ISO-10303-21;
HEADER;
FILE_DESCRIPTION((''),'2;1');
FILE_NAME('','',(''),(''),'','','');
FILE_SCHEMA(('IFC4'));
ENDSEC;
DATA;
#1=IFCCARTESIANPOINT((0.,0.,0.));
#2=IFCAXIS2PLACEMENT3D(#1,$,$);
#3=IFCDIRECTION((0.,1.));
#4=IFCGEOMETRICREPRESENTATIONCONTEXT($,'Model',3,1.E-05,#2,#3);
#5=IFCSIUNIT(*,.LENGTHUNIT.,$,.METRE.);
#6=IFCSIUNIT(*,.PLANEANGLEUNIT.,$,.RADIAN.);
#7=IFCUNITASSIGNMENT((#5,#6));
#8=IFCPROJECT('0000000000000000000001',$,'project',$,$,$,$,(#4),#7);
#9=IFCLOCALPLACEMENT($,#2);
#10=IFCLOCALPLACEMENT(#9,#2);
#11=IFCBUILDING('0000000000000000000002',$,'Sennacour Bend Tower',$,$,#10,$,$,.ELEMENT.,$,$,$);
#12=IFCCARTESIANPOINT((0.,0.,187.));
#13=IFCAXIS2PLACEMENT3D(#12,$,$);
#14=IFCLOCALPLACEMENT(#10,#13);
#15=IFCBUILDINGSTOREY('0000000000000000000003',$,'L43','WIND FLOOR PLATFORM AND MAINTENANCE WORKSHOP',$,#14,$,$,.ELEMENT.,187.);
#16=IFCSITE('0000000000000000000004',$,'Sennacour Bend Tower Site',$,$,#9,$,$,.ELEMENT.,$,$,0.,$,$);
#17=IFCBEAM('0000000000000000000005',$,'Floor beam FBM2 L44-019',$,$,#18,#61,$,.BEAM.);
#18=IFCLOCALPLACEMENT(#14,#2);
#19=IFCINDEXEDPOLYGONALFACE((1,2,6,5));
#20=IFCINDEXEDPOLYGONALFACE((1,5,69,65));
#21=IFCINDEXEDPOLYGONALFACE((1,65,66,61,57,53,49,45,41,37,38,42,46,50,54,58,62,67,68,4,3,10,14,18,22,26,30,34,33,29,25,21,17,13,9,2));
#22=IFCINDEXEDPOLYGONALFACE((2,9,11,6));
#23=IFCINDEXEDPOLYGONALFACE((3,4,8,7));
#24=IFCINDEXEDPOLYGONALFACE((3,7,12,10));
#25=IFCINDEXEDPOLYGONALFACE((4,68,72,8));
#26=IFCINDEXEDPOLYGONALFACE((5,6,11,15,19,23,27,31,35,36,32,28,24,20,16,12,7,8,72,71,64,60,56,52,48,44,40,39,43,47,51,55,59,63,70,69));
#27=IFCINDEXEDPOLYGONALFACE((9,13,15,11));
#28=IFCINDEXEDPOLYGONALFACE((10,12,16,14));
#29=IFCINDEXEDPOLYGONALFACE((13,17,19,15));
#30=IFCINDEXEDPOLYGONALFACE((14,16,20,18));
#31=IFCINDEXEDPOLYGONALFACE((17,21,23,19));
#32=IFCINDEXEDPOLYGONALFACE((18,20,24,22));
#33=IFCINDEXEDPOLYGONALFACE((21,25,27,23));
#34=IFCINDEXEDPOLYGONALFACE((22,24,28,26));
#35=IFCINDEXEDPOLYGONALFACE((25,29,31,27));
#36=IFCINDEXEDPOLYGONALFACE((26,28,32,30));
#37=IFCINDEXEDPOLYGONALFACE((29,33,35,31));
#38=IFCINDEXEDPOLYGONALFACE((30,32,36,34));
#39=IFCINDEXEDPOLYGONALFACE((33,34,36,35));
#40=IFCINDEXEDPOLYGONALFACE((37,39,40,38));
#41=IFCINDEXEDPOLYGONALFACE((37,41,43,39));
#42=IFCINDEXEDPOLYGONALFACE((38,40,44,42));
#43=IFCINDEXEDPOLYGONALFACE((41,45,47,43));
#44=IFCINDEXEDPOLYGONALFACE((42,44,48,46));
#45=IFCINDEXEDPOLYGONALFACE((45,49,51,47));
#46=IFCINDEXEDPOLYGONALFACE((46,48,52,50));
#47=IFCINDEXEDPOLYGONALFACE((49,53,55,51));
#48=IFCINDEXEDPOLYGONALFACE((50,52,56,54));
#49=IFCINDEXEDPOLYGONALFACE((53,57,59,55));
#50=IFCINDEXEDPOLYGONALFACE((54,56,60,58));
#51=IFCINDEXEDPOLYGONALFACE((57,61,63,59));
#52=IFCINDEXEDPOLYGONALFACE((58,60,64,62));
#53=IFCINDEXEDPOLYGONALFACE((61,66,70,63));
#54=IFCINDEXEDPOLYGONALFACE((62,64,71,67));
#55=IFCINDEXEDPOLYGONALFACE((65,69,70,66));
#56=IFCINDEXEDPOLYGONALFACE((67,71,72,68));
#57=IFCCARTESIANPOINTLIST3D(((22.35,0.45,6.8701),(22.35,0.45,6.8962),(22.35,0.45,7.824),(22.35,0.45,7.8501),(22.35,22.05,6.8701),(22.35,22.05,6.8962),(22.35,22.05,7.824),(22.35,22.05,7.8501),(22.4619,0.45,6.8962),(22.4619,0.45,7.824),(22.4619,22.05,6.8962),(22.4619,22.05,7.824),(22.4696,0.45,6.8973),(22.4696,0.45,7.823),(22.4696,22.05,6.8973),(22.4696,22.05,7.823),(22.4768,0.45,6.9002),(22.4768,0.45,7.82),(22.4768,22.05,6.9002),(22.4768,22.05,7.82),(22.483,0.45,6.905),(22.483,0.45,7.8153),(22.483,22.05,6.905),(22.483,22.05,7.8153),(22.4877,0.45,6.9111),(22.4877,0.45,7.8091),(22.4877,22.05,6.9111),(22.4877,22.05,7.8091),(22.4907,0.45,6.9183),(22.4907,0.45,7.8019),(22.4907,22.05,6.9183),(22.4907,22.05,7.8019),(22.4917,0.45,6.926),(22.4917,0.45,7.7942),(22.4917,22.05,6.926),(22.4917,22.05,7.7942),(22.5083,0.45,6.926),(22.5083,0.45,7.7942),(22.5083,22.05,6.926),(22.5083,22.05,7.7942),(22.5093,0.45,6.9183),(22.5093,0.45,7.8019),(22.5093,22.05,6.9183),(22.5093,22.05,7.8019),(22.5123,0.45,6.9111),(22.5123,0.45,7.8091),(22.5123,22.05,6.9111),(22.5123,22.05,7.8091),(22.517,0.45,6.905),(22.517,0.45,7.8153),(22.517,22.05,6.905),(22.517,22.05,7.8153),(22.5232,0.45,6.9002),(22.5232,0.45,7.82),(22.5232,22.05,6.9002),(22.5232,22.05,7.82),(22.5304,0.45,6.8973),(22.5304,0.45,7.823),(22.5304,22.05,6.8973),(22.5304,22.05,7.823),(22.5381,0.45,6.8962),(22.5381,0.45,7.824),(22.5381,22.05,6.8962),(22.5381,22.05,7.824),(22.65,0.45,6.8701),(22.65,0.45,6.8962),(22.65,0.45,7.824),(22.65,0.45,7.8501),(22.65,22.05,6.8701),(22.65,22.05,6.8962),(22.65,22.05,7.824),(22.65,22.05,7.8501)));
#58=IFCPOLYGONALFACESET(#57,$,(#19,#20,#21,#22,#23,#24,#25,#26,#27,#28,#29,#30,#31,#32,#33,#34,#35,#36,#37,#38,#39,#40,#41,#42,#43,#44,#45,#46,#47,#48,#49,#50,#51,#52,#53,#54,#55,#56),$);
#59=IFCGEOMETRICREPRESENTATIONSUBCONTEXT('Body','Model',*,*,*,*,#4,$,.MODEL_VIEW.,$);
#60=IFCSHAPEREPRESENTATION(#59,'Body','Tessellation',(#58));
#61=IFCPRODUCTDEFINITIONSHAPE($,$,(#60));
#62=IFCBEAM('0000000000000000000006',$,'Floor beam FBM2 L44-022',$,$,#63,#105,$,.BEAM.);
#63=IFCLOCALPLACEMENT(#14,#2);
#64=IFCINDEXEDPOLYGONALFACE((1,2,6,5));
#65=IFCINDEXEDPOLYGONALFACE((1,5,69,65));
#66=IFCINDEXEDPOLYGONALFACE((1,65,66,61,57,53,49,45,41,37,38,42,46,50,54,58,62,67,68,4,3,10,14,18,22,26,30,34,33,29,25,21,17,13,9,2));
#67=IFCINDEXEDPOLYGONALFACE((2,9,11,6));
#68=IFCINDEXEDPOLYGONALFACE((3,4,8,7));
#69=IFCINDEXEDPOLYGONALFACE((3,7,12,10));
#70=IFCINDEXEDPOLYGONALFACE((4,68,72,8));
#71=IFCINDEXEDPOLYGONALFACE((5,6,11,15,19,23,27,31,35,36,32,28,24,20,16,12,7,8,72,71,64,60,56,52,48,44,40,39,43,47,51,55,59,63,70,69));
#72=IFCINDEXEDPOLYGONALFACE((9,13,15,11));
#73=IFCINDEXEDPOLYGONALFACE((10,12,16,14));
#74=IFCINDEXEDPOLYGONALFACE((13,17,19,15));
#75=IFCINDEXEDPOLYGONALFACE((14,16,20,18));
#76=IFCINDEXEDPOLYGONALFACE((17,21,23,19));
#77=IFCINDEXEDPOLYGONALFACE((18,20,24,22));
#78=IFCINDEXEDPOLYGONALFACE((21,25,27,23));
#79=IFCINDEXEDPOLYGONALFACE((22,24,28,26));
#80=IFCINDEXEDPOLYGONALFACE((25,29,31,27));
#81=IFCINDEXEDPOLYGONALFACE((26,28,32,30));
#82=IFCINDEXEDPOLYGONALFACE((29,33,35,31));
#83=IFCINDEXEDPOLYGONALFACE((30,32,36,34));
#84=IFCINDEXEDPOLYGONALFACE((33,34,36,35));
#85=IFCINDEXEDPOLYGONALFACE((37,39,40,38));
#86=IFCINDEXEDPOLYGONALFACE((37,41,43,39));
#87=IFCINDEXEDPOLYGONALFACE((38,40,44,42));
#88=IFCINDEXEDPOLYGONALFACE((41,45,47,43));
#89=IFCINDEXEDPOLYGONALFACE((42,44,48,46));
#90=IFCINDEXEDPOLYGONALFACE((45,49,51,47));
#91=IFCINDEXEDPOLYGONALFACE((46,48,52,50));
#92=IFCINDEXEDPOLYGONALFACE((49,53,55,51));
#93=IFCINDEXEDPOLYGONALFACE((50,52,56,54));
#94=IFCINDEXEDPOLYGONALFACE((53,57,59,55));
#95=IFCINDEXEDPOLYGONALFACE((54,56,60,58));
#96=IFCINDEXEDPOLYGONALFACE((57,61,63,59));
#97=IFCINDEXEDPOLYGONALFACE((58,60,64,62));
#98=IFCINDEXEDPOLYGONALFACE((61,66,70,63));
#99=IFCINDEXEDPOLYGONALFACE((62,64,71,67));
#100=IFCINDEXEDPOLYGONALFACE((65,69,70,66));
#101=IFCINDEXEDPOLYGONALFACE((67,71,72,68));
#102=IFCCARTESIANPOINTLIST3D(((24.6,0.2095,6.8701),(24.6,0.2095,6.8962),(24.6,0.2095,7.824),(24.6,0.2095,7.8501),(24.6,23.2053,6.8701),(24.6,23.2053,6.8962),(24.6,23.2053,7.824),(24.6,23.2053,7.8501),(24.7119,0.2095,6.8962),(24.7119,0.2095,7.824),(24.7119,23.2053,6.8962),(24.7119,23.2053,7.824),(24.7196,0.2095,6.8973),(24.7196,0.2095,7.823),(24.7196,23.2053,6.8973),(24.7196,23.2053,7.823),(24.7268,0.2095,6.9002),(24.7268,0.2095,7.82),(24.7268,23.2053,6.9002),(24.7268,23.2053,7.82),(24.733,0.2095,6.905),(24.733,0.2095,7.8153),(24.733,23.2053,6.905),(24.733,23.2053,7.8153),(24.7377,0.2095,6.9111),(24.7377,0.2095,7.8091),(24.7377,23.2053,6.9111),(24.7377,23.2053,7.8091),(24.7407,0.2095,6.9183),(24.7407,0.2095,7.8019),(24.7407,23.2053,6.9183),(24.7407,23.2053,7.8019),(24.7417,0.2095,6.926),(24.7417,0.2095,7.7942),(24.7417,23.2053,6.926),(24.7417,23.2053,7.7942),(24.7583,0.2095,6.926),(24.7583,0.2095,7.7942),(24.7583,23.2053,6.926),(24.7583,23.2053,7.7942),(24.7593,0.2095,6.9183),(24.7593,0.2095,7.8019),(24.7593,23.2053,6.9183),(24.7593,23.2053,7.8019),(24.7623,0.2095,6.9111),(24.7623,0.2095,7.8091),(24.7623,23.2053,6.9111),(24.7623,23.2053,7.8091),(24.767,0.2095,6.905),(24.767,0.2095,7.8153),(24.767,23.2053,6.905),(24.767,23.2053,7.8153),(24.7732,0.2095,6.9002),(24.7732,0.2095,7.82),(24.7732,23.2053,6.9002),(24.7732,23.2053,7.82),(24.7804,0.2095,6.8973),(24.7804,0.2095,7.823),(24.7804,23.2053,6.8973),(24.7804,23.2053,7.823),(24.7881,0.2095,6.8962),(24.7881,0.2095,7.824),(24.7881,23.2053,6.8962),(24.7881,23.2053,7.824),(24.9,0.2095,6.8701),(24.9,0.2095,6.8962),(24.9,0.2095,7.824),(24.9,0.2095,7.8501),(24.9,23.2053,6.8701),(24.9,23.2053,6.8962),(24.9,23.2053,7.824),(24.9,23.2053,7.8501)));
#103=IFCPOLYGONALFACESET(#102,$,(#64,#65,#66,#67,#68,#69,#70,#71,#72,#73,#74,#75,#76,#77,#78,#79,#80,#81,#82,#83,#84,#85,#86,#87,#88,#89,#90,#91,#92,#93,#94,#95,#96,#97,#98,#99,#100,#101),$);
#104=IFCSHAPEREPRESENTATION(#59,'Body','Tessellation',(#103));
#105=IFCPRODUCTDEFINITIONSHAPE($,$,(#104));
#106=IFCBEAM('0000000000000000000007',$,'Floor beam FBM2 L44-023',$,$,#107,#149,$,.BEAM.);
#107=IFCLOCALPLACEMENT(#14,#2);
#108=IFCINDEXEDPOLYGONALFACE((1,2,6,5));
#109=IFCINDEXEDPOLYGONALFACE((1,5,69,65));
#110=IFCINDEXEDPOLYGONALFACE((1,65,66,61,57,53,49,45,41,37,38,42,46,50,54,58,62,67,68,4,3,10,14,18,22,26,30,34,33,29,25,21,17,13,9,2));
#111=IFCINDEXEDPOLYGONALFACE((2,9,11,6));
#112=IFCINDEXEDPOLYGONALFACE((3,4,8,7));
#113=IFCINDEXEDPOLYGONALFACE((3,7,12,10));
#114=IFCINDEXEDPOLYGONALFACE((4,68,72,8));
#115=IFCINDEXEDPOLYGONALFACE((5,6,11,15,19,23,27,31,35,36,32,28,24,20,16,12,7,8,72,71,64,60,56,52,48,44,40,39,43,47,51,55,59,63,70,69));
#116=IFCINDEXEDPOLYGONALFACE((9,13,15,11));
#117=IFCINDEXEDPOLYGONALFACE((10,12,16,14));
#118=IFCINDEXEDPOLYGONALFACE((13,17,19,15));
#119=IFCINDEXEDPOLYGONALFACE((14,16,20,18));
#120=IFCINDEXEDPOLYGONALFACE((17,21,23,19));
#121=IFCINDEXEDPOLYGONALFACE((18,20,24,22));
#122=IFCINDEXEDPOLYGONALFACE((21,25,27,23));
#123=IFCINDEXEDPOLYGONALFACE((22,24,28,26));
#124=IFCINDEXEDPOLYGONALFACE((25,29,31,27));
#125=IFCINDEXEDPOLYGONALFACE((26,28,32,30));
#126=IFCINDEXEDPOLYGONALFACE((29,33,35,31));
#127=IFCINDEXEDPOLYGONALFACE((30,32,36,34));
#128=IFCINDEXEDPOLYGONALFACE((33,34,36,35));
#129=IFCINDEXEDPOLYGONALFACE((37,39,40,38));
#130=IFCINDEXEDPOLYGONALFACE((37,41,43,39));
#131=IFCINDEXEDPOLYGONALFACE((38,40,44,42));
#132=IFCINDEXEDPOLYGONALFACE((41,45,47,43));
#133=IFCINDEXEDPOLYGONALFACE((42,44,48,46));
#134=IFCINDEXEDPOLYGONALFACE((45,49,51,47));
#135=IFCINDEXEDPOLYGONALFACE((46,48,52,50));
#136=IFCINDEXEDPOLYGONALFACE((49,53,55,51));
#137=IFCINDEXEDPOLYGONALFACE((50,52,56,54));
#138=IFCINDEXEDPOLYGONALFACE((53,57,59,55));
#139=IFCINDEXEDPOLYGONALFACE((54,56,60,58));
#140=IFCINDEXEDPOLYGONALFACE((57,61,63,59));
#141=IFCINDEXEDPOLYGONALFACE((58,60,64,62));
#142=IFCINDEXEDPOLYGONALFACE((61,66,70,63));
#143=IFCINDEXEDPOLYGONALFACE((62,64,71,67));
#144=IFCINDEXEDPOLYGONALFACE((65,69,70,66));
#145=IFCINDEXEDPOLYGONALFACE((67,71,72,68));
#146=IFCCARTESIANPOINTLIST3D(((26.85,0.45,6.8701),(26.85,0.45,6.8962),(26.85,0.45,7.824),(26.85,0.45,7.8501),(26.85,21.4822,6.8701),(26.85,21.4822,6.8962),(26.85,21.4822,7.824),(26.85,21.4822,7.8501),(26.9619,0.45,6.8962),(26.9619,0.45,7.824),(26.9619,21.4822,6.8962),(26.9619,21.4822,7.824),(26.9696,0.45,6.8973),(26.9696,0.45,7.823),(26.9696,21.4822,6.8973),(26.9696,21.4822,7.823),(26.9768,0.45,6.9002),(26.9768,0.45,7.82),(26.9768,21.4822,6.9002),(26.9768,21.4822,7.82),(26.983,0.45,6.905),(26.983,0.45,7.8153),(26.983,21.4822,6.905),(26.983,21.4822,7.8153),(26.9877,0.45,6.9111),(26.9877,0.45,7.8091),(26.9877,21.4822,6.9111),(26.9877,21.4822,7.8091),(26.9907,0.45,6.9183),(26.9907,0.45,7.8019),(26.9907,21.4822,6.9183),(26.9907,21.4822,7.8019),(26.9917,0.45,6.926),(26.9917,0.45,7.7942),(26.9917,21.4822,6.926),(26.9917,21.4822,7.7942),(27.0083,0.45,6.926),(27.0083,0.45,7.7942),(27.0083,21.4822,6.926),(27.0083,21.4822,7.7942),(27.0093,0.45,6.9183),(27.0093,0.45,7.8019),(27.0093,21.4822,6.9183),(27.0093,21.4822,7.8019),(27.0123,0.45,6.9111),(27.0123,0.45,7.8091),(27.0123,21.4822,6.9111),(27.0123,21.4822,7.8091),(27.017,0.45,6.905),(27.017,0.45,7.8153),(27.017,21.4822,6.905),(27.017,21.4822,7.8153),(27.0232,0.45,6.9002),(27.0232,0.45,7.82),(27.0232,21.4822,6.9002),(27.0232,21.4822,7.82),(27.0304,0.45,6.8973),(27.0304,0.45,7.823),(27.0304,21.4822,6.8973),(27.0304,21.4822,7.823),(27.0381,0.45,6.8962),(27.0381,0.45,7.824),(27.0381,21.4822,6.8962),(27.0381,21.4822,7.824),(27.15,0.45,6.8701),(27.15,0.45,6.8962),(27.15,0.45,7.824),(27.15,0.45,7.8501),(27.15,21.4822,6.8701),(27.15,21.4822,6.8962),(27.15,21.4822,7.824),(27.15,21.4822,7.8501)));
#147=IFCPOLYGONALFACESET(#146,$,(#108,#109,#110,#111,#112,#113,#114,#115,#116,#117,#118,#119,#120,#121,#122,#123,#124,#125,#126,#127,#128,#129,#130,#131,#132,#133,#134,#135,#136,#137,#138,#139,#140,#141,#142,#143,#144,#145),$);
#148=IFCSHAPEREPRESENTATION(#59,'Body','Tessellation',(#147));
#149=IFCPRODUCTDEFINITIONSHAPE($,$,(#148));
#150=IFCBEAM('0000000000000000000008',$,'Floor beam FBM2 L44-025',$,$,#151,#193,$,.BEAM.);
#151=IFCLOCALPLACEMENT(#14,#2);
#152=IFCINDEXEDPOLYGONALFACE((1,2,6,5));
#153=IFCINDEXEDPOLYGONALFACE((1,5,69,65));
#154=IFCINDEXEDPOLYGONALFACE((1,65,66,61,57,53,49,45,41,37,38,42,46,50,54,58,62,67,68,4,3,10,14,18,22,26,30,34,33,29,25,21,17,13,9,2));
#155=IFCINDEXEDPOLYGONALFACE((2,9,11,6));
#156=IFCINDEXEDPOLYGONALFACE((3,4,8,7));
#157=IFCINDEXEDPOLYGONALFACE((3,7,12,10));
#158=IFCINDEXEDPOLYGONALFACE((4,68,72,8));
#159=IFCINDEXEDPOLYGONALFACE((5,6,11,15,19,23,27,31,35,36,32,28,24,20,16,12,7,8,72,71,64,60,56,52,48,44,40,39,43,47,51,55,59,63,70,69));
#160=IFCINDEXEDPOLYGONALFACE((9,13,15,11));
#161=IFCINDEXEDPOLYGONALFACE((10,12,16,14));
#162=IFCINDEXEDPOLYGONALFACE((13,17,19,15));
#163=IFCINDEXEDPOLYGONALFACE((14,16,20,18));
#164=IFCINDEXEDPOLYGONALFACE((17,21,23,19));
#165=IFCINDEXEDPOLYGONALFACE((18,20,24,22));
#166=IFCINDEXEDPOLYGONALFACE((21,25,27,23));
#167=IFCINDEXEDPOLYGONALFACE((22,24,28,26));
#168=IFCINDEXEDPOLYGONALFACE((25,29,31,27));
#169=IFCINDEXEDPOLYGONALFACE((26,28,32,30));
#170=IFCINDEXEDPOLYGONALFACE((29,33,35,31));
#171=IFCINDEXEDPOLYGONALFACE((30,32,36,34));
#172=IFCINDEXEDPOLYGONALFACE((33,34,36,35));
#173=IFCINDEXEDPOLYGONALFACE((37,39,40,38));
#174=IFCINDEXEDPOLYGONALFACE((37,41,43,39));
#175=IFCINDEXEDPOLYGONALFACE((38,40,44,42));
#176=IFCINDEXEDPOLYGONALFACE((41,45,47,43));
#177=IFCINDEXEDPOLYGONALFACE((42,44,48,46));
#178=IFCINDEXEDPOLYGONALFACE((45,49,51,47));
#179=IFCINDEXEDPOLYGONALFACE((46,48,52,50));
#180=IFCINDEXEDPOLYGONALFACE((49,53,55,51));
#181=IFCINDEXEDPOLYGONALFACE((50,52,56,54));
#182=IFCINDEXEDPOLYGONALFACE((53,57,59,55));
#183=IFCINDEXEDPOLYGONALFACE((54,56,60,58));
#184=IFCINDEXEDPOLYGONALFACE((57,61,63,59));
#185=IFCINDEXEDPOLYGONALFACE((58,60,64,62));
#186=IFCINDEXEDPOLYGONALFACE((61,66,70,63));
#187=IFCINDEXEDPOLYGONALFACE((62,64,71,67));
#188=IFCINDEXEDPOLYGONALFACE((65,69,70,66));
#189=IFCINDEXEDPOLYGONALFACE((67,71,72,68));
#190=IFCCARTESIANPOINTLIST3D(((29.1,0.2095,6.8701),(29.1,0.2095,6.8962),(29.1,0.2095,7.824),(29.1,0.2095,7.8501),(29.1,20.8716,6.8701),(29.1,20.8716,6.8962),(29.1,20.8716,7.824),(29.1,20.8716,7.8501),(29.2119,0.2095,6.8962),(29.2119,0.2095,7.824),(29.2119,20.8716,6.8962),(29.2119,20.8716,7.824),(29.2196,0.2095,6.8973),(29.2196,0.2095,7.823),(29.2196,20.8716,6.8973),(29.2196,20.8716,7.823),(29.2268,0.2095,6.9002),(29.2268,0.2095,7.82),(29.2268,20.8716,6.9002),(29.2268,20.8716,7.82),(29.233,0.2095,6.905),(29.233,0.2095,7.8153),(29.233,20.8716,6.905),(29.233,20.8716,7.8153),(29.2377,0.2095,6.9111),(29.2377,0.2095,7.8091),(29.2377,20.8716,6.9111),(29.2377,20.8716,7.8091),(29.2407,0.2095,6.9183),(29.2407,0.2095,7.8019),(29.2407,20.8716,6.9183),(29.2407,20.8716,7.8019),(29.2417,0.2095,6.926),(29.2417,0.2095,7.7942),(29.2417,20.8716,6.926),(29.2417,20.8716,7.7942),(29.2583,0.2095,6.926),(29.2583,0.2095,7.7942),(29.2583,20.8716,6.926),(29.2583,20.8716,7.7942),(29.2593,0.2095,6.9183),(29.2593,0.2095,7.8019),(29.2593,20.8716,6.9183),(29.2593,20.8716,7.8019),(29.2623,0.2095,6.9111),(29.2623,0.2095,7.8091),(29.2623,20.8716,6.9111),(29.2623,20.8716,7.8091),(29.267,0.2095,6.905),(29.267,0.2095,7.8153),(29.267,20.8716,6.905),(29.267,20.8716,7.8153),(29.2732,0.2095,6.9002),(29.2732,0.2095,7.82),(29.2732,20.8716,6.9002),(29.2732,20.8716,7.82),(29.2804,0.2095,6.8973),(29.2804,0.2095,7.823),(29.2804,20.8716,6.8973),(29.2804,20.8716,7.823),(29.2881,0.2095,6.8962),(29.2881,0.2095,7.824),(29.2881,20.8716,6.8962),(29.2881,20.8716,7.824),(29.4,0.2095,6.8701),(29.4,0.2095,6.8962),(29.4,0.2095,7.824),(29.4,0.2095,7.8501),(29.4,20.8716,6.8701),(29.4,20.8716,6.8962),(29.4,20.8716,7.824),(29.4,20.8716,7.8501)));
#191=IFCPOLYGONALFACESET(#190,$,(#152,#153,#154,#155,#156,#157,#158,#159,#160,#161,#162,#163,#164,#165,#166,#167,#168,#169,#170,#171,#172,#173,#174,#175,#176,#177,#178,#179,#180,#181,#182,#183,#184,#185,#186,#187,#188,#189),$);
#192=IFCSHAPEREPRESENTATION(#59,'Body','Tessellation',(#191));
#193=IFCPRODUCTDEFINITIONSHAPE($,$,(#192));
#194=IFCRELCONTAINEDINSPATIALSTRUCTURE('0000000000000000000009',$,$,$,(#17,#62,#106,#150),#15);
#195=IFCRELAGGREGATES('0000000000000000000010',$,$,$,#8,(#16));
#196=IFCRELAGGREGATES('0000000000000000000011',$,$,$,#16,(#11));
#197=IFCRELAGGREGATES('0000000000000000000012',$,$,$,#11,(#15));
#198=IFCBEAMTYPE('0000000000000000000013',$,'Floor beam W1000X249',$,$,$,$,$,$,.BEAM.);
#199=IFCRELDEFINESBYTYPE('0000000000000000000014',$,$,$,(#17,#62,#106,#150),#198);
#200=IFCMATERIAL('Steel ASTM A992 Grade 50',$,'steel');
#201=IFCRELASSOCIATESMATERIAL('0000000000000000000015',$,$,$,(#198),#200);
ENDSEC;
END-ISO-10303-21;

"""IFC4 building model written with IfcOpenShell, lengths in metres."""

from ifc_helpers import new_model, si_unit, direction, frame, origin, origin_2d, place, context, subcontext, project, spatial, i_section, extrude, material, material_profile, profile_set, type_object, element, save


model = new_model("IFC4")

# Units and contexts
model_context = context("Model", 3, precision=1e-05, world=origin(), true_north=direction((0.0, 1.0)))
body_context = subcontext(model_context, "Body", "Model", "MODEL_VIEW")
ifc_project = project(units=[si_unit("LENGTHUNIT", "METRE"), si_unit("PLANEANGLEUNIT", "RADIAN")], contexts=[model_context])

# Site, building, storey
site_placement = place(None, origin())
site = spatial("IfcSite", under=ifc_project, at=site_placement, Name="Sennacour Bend Tower Site", CompositionType="ELEMENT", RefElevation=0.0)
building_placement = place(site_placement, origin())
building = spatial("IfcBuilding", under=site, at=building_placement, Name="Sennacour Bend Tower", CompositionType="ELEMENT")
storey_placement = place(building_placement, frame((0.0, 0.0, 187.0)))
storey = spatial("IfcBuildingStorey", under=building, at=storey_placement, Name="L43", Description="WIND FLOOR PLATFORM AND MAINTENANCE WORKSHOP", CompositionType="ELEMENT", Elevation=187.0)

# Shared definitions
ifc_material_1 = material(Name="Steel ASTM A992 Grade 50", Category="steel")

# Beams
ifc_material_profile_1 = material_profile(ifc_material_1, i_section(OverallWidth=0.3, OverallDepth=0.98, WebThickness=0.0166, FlangeThickness=0.0261, FilletRadius=0.0298, at=origin_2d()), Name="Steel ASTM A992 Grade 50", Category="steel")
ifc_profile_set_1 = profile_set([ifc_material_profile_1], Name="Steel ASTM A992 Grade 50")
beam_type_1 = type_object("IfcBeamType", Name="Floor beam W1000X249", PredefinedType="BEAM", material=ifc_profile_set_1)
beam_1_placement = place(storey_placement, frame((22.5, 0.45, 7.3601), z_axis=(0.0, 1.0, 0.0), x_axis=(-1.0, 0.0, 0.0)))
element("IfcBeam", 1, at=beam_1_placement, inside=storey, type_object=beam_type_1, Name="Floor beam FBM2 L44-019", PredefinedType="BEAM", context=body_context, shape_type="SweptSolid", body=[
    extrude(i_section(OverallWidth=0.3, OverallDepth=0.98, WebThickness=0.0166, FlangeThickness=0.0261, FilletRadius=0.0298, at=origin_2d()), origin(), (0.0, 0.0, 1.0), 21.6001),
])
beam_2_placement = place(storey_placement, frame((24.75, 0.2095, 7.3601), z_axis=(0.0, 1.0, 0.0), x_axis=(-1.0, 0.0, 0.0)))
element("IfcBeam", 2, at=beam_2_placement, inside=storey, type_object=beam_type_1, Name="Floor beam FBM2 L44-022", PredefinedType="BEAM", context=body_context, shape_type="SweptSolid", body=[
    extrude(i_section(OverallWidth=0.3, OverallDepth=0.98, WebThickness=0.0166, FlangeThickness=0.0261, FilletRadius=0.0298, at=origin_2d()), origin(), (0.0, 0.0, 1.0), 22.9958),
])
beam_3_placement = place(storey_placement, frame((27.0, 0.45, 7.3601), z_axis=(0.0, 1.0, 0.0), x_axis=(-1.0, 0.0, 0.0)))
element("IfcBeam", 3, at=beam_3_placement, inside=storey, type_object=beam_type_1, Name="Floor beam FBM2 L44-023", PredefinedType="BEAM", context=body_context, shape_type="SweptSolid", body=[
    extrude(i_section(OverallWidth=0.3, OverallDepth=0.98, WebThickness=0.0166, FlangeThickness=0.0261, FilletRadius=0.0298, at=origin_2d()), origin(), (0.0, 0.0, 1.0), 21.0322),
])
beam_4_placement = place(storey_placement, frame((29.25, 0.2095, 7.3601), z_axis=(0.0, 1.0, 0.0), x_axis=(-1.0, 0.0, 0.0)))
element("IfcBeam", 4, at=beam_4_placement, inside=storey, type_object=beam_type_1, Name="Floor beam FBM2 L44-025", PredefinedType="BEAM", context=body_context, shape_type="SweptSolid", body=[
    extrude(i_section(OverallWidth=0.3, OverallDepth=0.98, WebThickness=0.0166, FlangeThickness=0.0261, FilletRadius=0.0298, at=origin_2d()), origin(), (0.0, 0.0, 1.0), 20.6621),
])

save(model, "model.ifc")
